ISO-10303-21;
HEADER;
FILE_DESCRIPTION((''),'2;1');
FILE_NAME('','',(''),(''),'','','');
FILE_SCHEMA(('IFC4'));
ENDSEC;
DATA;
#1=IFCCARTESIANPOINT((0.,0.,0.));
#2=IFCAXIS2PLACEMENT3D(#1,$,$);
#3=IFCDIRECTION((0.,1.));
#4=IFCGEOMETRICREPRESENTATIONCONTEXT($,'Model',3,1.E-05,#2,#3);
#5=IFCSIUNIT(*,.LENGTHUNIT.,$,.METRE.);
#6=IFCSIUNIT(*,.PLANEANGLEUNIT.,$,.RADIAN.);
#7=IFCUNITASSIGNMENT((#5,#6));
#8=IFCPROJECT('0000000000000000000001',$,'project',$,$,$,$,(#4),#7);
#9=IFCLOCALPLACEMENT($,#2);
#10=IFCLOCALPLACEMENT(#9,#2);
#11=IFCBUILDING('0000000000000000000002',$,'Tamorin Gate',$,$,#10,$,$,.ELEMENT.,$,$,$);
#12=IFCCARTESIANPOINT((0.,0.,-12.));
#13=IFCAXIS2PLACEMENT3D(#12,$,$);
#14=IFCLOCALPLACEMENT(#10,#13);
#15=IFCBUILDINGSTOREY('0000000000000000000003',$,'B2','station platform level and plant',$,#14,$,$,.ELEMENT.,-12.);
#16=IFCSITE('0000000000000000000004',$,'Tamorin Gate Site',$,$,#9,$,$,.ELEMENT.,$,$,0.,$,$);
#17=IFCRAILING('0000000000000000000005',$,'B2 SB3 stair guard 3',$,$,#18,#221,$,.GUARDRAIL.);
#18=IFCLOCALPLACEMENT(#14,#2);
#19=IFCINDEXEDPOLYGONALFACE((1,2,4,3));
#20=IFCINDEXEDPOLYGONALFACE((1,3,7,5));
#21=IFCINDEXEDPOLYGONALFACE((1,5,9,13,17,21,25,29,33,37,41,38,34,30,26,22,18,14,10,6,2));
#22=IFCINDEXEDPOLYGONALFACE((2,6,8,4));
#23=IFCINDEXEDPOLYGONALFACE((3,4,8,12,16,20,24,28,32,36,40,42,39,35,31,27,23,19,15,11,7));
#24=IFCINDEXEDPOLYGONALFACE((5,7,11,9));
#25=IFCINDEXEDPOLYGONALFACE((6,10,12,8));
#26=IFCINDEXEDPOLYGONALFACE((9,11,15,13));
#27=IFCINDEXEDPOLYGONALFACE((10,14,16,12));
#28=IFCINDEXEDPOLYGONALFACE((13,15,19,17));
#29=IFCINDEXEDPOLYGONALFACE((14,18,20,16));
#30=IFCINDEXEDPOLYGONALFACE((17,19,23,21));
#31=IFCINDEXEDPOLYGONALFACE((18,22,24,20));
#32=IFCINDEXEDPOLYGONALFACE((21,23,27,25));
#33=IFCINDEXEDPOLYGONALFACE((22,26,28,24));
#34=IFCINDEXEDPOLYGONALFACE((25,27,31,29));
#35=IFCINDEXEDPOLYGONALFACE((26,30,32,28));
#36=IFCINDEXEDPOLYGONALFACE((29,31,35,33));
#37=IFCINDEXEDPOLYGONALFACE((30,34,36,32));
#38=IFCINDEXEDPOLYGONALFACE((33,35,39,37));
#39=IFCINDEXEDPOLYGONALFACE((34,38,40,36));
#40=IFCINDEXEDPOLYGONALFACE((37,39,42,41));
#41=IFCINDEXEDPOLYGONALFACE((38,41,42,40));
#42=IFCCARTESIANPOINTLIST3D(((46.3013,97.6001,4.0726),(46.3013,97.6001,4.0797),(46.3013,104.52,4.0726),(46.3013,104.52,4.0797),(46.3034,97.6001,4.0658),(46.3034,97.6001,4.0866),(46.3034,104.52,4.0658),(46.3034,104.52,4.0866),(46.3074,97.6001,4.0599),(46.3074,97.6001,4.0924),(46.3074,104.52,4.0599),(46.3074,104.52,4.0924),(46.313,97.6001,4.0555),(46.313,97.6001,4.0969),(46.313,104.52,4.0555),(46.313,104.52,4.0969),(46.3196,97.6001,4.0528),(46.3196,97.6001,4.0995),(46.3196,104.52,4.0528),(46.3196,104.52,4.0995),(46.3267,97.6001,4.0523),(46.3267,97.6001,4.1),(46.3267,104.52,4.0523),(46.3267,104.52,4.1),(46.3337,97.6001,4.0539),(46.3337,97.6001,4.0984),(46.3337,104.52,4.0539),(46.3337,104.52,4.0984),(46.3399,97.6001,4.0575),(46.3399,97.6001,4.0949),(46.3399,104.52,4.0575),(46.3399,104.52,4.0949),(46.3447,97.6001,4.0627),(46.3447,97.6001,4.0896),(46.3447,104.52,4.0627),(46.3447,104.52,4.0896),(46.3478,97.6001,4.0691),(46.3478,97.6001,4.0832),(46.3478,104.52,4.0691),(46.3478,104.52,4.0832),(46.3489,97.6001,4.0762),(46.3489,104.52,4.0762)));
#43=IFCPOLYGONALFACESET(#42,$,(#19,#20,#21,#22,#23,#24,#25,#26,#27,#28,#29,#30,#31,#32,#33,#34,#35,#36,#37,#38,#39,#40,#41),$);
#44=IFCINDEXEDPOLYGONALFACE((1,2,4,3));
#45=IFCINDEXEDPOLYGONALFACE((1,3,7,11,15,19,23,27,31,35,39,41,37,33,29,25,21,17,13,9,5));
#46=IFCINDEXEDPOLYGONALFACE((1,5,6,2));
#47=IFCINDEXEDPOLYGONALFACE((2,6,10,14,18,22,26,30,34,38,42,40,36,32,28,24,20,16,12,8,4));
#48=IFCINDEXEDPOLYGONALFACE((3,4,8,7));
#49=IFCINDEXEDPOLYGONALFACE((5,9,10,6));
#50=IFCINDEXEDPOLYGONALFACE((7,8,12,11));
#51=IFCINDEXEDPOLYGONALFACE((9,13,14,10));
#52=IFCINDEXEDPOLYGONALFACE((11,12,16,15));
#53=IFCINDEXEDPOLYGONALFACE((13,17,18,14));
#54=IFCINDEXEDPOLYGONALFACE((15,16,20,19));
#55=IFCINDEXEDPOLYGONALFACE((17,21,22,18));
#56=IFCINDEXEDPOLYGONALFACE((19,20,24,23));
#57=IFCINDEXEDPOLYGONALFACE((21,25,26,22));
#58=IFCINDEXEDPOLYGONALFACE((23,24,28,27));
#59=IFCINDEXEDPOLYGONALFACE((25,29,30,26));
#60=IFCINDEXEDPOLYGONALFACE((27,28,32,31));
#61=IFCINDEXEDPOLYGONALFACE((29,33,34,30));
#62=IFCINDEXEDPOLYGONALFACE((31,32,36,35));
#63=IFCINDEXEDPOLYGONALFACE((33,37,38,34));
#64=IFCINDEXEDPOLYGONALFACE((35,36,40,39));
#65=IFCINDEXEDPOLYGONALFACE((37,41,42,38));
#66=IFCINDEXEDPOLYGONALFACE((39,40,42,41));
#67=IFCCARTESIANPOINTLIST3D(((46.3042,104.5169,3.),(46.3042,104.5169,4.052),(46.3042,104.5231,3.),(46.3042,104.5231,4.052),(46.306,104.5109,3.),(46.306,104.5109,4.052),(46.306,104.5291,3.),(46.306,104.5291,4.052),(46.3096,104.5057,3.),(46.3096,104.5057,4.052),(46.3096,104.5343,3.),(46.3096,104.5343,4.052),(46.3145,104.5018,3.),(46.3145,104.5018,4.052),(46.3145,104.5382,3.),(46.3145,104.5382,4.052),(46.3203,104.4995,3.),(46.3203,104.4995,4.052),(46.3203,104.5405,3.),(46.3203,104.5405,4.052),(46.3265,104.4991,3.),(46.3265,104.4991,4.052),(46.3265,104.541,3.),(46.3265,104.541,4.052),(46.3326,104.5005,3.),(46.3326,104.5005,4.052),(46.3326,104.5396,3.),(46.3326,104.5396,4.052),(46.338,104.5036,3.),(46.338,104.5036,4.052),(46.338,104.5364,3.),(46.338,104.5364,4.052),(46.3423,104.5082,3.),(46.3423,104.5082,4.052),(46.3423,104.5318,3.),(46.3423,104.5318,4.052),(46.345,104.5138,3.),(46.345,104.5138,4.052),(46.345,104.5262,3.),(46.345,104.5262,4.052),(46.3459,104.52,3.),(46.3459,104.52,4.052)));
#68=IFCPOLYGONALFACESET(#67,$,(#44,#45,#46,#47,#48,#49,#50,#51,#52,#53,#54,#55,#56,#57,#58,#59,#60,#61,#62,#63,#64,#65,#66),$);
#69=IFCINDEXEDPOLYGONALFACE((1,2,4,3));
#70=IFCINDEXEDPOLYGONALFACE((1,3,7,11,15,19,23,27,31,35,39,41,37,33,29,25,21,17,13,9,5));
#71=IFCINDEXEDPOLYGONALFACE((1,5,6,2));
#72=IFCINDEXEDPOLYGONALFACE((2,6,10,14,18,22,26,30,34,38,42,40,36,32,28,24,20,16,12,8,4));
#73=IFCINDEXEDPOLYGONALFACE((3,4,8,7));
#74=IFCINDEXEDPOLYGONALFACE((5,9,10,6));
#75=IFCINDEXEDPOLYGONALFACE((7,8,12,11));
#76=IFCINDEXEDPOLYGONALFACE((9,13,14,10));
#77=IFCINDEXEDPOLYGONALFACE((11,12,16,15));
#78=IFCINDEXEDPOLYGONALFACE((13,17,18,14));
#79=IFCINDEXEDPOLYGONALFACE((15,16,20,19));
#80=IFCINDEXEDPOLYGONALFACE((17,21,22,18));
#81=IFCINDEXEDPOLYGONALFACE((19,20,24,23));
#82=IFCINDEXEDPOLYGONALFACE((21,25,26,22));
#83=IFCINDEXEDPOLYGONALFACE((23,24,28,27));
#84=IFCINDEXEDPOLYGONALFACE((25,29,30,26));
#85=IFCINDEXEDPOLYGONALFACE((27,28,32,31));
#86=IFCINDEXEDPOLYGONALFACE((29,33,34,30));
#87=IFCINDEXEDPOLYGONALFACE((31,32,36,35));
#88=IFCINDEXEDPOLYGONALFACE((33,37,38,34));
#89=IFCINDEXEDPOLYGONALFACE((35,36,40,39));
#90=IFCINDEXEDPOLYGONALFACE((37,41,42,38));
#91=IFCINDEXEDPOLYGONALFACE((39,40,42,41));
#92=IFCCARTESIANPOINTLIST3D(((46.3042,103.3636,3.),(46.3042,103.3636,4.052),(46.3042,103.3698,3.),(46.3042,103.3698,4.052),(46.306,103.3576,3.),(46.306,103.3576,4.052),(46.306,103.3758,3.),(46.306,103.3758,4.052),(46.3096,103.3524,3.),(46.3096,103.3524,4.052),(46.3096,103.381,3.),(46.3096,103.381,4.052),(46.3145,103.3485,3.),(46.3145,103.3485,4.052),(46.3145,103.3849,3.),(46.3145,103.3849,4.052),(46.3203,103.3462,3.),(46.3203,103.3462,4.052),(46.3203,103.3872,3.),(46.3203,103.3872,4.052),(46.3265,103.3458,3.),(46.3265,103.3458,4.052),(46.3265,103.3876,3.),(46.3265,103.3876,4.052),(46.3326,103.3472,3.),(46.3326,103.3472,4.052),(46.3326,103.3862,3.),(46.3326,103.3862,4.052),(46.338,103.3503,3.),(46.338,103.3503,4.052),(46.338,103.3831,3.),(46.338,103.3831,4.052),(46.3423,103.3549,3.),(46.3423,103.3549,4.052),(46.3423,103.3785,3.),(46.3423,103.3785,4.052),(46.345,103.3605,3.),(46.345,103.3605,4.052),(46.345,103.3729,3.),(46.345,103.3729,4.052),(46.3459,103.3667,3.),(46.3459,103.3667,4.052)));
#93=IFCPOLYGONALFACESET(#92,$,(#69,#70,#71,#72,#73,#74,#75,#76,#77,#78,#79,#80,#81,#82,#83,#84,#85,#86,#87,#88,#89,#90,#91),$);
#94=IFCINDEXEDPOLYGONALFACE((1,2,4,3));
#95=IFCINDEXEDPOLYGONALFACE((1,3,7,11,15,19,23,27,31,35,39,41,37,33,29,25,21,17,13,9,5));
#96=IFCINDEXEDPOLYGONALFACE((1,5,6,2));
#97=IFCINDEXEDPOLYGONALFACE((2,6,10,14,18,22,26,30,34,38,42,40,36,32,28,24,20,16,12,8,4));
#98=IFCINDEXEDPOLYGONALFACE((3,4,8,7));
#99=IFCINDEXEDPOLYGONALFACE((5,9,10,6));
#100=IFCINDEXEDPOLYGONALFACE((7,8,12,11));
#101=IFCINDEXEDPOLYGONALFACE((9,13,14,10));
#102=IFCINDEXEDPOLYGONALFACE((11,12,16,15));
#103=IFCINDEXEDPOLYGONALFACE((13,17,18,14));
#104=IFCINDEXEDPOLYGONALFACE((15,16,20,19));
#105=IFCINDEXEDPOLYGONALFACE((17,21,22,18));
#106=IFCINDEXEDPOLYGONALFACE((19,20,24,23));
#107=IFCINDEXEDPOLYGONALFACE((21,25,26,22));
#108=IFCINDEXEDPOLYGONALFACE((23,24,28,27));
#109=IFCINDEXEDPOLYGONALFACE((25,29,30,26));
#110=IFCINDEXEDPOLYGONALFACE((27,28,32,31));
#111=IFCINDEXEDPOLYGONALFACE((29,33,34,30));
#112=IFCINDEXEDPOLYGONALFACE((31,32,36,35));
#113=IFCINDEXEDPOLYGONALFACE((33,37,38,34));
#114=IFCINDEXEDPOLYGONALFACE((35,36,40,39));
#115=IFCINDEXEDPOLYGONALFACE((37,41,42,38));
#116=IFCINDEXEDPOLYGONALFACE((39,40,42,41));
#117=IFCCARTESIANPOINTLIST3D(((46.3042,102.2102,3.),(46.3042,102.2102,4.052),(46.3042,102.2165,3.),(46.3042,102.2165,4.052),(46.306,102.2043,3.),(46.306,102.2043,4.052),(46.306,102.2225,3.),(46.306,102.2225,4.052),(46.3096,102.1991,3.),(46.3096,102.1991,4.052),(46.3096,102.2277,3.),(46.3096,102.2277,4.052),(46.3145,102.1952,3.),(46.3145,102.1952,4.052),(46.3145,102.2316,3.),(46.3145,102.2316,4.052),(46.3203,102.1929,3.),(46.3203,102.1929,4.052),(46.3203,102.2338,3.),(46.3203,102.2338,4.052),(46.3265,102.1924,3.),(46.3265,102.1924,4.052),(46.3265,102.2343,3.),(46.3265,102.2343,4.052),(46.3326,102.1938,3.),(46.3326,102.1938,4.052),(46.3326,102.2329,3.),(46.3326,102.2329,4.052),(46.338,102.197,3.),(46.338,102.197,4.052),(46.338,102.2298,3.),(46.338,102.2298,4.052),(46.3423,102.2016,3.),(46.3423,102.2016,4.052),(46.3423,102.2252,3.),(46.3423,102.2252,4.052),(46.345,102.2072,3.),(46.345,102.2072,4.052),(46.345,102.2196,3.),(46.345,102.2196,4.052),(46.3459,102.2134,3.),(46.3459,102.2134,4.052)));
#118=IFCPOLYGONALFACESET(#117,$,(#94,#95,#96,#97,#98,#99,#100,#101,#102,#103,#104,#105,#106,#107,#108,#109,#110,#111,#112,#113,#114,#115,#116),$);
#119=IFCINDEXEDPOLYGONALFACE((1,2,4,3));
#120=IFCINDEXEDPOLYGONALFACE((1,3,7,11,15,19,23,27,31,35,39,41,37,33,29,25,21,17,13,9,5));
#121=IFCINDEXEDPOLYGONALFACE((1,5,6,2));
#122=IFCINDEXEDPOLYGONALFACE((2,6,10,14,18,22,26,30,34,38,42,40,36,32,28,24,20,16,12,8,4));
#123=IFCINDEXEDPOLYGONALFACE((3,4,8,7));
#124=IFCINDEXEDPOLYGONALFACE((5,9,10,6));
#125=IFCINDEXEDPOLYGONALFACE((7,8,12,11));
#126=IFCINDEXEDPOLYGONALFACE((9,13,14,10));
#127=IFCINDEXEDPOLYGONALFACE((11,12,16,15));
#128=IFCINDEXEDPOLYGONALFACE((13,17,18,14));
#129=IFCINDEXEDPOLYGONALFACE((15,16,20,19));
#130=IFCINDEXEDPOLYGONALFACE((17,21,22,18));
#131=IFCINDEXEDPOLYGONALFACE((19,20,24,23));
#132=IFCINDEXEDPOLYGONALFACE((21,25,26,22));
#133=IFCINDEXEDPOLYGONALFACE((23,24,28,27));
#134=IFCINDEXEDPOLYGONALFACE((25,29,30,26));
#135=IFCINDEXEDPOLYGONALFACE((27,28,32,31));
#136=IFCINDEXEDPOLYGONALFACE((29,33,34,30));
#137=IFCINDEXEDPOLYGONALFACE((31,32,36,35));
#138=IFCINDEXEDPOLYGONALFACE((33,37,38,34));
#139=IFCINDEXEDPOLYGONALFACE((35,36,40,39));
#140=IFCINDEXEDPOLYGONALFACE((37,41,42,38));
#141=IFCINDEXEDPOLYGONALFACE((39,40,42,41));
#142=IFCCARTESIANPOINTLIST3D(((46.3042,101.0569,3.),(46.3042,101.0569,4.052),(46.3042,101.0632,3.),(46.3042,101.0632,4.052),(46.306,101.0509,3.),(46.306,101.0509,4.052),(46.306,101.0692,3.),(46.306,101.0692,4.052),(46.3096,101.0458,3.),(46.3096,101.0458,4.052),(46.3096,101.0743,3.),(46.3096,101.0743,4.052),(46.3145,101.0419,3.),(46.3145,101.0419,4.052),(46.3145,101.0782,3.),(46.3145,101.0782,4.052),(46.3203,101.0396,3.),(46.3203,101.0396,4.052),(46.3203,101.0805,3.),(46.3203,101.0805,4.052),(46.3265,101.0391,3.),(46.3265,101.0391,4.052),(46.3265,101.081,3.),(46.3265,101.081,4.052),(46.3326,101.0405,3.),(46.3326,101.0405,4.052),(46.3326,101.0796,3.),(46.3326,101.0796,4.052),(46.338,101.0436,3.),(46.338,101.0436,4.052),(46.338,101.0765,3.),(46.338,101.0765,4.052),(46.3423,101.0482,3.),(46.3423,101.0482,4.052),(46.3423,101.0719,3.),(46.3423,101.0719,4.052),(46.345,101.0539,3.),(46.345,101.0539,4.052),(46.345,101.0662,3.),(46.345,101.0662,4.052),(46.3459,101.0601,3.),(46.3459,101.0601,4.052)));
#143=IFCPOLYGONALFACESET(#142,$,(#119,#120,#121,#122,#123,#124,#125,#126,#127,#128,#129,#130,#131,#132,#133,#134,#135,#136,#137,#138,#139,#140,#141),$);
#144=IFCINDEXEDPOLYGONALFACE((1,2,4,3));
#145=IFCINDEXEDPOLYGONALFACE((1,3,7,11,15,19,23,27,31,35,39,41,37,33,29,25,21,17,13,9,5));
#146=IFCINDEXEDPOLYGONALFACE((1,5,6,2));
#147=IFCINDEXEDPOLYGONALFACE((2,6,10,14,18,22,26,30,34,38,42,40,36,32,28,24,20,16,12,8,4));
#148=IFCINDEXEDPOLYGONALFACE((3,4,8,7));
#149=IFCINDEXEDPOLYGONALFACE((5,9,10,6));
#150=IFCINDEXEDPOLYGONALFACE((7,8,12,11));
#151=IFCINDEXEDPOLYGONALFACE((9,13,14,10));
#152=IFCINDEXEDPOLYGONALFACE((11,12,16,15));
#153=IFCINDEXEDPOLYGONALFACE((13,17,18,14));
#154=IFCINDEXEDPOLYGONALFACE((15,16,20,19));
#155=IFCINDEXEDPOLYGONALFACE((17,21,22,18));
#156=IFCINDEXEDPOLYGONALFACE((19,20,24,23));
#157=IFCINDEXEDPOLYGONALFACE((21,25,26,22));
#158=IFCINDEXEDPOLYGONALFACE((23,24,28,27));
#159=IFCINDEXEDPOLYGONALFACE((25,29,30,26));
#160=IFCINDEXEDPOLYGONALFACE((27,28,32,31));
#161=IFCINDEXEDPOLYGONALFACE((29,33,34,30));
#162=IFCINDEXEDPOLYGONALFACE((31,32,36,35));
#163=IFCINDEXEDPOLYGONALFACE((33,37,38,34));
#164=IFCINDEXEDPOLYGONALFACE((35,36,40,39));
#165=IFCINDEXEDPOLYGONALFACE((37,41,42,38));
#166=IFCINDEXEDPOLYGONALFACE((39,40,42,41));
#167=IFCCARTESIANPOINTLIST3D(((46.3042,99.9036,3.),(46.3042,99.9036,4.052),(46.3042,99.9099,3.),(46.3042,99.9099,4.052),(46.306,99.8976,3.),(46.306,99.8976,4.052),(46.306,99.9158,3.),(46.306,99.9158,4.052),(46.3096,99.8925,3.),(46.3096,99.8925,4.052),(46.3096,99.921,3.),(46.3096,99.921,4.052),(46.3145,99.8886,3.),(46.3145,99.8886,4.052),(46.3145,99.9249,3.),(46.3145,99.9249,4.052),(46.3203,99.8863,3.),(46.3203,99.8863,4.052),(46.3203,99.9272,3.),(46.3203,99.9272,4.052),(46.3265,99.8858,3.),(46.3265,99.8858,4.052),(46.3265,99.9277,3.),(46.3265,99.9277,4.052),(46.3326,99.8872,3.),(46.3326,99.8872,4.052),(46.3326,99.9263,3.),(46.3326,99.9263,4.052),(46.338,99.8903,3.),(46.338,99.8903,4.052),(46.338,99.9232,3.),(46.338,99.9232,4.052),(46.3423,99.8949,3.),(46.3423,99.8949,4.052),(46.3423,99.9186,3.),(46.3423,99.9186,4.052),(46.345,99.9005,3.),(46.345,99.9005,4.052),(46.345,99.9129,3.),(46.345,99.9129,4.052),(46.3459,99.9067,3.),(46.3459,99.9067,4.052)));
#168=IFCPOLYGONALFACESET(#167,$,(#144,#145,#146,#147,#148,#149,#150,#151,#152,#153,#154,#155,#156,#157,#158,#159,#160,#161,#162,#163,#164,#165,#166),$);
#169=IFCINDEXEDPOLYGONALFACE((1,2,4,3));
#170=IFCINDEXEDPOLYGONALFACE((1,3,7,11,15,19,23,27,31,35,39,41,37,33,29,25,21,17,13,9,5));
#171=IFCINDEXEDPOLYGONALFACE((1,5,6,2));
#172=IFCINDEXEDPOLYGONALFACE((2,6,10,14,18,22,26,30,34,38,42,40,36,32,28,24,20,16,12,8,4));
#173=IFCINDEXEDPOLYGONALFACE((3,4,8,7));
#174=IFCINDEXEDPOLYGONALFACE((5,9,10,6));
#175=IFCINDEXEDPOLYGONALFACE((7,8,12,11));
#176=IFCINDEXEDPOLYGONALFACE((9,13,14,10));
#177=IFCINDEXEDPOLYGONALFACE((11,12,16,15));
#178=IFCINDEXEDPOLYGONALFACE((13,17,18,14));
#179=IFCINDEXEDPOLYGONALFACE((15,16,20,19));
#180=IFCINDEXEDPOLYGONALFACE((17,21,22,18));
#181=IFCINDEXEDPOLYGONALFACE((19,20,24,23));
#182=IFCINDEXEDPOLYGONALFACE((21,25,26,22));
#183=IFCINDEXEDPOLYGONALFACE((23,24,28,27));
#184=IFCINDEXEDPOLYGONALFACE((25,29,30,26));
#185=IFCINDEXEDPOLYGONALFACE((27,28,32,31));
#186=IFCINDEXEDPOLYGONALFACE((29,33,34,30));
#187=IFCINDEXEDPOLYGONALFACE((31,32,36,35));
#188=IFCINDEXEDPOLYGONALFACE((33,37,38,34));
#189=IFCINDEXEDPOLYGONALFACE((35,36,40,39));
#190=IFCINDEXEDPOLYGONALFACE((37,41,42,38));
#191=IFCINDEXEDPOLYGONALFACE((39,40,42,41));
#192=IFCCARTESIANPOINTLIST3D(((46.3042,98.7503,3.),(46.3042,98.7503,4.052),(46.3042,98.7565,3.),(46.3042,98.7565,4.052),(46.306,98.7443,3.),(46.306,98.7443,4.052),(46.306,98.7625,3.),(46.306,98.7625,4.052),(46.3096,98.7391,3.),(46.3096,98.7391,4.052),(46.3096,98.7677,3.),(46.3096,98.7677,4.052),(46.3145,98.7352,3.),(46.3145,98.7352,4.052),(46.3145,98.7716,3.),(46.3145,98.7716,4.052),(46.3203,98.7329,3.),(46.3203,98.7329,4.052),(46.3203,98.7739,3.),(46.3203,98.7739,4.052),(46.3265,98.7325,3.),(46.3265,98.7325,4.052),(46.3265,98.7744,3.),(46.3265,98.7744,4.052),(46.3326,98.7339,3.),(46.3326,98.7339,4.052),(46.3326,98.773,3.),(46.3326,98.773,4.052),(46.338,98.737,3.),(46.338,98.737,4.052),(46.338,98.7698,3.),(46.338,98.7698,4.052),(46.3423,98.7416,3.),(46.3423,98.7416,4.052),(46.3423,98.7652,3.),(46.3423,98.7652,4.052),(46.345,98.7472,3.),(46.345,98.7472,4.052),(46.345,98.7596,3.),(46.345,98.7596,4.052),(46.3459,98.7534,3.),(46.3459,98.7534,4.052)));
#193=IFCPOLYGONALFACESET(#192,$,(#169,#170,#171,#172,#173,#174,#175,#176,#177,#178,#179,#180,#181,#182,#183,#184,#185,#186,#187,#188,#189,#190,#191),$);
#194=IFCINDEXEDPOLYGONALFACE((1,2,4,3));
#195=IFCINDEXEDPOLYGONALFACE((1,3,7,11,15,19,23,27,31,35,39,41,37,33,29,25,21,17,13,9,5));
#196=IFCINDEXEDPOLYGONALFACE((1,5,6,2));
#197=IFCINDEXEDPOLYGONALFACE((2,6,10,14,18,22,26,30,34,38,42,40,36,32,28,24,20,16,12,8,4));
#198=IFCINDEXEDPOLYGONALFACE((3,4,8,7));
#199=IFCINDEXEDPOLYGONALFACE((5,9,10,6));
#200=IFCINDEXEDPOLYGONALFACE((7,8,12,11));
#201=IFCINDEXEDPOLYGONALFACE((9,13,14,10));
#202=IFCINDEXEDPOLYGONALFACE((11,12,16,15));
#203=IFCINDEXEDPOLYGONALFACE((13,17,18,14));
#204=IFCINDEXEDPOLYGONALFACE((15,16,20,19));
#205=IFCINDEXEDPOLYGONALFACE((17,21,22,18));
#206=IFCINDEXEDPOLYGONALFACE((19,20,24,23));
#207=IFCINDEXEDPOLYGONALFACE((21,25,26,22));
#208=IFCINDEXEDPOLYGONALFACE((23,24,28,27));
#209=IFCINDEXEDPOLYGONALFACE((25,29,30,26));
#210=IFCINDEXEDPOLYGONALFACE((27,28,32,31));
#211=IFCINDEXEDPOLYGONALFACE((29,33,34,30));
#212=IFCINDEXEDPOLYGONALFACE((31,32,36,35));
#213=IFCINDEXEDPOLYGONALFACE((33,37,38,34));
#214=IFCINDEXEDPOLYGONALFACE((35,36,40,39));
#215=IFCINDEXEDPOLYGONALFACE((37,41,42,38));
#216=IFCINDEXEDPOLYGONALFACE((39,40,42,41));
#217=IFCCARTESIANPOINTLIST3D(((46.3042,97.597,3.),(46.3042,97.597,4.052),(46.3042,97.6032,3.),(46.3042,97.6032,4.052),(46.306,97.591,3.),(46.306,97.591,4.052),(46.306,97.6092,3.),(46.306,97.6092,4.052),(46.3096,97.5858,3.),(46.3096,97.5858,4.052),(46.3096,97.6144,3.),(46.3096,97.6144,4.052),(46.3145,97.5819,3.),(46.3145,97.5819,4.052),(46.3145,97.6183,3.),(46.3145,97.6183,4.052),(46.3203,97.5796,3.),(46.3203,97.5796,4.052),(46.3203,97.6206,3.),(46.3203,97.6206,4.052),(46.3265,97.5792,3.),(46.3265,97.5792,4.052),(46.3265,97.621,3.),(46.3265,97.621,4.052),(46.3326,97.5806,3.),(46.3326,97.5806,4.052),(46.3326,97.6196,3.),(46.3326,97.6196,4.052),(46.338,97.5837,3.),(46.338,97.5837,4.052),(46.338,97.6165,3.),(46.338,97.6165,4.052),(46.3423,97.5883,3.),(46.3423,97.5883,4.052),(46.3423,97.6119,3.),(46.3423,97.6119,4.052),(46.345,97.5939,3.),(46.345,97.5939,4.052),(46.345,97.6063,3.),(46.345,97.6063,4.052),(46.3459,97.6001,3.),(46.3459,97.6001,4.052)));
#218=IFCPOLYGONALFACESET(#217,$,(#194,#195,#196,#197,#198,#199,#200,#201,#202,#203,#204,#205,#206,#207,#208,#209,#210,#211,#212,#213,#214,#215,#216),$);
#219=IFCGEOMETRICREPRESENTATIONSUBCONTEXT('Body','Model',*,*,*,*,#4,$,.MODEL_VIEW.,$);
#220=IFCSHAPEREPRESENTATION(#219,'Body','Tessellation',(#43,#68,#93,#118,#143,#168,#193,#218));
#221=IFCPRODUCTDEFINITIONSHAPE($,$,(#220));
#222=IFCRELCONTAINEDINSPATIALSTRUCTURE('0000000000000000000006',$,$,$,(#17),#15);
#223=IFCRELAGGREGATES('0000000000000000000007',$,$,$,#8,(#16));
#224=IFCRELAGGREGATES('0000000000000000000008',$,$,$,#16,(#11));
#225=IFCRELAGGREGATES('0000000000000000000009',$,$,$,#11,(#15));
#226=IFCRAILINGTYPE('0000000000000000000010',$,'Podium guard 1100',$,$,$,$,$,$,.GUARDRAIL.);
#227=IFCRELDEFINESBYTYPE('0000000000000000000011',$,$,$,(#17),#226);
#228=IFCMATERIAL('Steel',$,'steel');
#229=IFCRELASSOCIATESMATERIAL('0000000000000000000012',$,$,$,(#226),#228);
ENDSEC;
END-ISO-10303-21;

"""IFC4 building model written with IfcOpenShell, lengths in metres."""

from ifc_helpers import new_model, si_unit, direction, frame, origin, origin_2d, place, context, subcontext, project, spatial, circle, extrude, material, type_object, element, save


model = new_model("IFC4")

# Units and contexts
model_context = context("Model", 3, precision=1e-05, world=origin(), true_north=direction((0.0, 1.0)))
body_context = subcontext(model_context, "Body", "Model", "MODEL_VIEW")
ifc_project = project(units=[si_unit("LENGTHUNIT", "METRE"), si_unit("PLANEANGLEUNIT", "RADIAN")], contexts=[model_context])

# Site, building, storey
site_placement = place(None, origin())
site = spatial("IfcSite", under=ifc_project, at=site_placement, Name="Tamorin Gate Site", CompositionType="ELEMENT", RefElevation=0.0)
building_placement = place(site_placement, origin())
building = spatial("IfcBuilding", under=site, at=building_placement, Name="Tamorin Gate", CompositionType="ELEMENT")
storey_placement = place(building_placement, frame((0.0, 0.0, -12.0)))
storey = spatial("IfcBuildingStorey", under=building, at=storey_placement, Name="B2", Description="station platform level and plant", CompositionType="ELEMENT", Elevation=-12.0)

# Railing
ifc_material_1 = material(Name="Steel", Category="steel")
railing_type_1 = type_object("IfcRailingType", Name="Podium guard 1100", PredefinedType="GUARDRAIL", material=ifc_material_1)
railing_1_placement = place(storey_placement, frame((46.325, 104.52, 3.0)))
element("IfcRailing", 1, at=railing_1_placement, inside=storey, type_object=railing_type_1, Name="B2 SB3 stair guard 3", PredefinedType="GUARDRAIL", context=body_context, shape_type="SweptSolid", body=[
    extrude(circle(Radius=0.0239, at=origin_2d()), frame((0.0, 0.0, 1.0762), z_axis=(0.0, -1.0, 0.0), x_axis=(1.0, 0.0, 0.0)), (0.0, 0.0, 1.0), 6.9199),
    extrude(circle(Radius=0.021, at=origin_2d()), origin(), (0.0, 0.0, 1.0), 1.052),
    extrude(circle(Radius=0.021, at=origin_2d()), frame((0.0, -1.1533, 0.0)), (0.0, 0.0, 1.0), 1.052),
    extrude(circle(Radius=0.021, at=origin_2d()), frame((0.0, -2.3066, 0.0)), (0.0, 0.0, 1.0), 1.052),
    extrude(circle(Radius=0.021, at=origin_2d()), frame((0.0, -3.46, 0.0)), (0.0, 0.0, 1.0), 1.052),
    extrude(circle(Radius=0.021, at=origin_2d()), frame((0.0, -4.6133, 0.0)), (0.0, 0.0, 1.0), 1.052),
    extrude(circle(Radius=0.021, at=origin_2d()), frame((0.0, -5.7666, 0.0)), (0.0, 0.0, 1.0), 1.052),
    extrude(circle(Radius=0.021, at=origin_2d()), frame((0.0, -6.9199, 0.0)), (0.0, 0.0, 1.0), 1.052),
])

save(model, "model.ifc")
